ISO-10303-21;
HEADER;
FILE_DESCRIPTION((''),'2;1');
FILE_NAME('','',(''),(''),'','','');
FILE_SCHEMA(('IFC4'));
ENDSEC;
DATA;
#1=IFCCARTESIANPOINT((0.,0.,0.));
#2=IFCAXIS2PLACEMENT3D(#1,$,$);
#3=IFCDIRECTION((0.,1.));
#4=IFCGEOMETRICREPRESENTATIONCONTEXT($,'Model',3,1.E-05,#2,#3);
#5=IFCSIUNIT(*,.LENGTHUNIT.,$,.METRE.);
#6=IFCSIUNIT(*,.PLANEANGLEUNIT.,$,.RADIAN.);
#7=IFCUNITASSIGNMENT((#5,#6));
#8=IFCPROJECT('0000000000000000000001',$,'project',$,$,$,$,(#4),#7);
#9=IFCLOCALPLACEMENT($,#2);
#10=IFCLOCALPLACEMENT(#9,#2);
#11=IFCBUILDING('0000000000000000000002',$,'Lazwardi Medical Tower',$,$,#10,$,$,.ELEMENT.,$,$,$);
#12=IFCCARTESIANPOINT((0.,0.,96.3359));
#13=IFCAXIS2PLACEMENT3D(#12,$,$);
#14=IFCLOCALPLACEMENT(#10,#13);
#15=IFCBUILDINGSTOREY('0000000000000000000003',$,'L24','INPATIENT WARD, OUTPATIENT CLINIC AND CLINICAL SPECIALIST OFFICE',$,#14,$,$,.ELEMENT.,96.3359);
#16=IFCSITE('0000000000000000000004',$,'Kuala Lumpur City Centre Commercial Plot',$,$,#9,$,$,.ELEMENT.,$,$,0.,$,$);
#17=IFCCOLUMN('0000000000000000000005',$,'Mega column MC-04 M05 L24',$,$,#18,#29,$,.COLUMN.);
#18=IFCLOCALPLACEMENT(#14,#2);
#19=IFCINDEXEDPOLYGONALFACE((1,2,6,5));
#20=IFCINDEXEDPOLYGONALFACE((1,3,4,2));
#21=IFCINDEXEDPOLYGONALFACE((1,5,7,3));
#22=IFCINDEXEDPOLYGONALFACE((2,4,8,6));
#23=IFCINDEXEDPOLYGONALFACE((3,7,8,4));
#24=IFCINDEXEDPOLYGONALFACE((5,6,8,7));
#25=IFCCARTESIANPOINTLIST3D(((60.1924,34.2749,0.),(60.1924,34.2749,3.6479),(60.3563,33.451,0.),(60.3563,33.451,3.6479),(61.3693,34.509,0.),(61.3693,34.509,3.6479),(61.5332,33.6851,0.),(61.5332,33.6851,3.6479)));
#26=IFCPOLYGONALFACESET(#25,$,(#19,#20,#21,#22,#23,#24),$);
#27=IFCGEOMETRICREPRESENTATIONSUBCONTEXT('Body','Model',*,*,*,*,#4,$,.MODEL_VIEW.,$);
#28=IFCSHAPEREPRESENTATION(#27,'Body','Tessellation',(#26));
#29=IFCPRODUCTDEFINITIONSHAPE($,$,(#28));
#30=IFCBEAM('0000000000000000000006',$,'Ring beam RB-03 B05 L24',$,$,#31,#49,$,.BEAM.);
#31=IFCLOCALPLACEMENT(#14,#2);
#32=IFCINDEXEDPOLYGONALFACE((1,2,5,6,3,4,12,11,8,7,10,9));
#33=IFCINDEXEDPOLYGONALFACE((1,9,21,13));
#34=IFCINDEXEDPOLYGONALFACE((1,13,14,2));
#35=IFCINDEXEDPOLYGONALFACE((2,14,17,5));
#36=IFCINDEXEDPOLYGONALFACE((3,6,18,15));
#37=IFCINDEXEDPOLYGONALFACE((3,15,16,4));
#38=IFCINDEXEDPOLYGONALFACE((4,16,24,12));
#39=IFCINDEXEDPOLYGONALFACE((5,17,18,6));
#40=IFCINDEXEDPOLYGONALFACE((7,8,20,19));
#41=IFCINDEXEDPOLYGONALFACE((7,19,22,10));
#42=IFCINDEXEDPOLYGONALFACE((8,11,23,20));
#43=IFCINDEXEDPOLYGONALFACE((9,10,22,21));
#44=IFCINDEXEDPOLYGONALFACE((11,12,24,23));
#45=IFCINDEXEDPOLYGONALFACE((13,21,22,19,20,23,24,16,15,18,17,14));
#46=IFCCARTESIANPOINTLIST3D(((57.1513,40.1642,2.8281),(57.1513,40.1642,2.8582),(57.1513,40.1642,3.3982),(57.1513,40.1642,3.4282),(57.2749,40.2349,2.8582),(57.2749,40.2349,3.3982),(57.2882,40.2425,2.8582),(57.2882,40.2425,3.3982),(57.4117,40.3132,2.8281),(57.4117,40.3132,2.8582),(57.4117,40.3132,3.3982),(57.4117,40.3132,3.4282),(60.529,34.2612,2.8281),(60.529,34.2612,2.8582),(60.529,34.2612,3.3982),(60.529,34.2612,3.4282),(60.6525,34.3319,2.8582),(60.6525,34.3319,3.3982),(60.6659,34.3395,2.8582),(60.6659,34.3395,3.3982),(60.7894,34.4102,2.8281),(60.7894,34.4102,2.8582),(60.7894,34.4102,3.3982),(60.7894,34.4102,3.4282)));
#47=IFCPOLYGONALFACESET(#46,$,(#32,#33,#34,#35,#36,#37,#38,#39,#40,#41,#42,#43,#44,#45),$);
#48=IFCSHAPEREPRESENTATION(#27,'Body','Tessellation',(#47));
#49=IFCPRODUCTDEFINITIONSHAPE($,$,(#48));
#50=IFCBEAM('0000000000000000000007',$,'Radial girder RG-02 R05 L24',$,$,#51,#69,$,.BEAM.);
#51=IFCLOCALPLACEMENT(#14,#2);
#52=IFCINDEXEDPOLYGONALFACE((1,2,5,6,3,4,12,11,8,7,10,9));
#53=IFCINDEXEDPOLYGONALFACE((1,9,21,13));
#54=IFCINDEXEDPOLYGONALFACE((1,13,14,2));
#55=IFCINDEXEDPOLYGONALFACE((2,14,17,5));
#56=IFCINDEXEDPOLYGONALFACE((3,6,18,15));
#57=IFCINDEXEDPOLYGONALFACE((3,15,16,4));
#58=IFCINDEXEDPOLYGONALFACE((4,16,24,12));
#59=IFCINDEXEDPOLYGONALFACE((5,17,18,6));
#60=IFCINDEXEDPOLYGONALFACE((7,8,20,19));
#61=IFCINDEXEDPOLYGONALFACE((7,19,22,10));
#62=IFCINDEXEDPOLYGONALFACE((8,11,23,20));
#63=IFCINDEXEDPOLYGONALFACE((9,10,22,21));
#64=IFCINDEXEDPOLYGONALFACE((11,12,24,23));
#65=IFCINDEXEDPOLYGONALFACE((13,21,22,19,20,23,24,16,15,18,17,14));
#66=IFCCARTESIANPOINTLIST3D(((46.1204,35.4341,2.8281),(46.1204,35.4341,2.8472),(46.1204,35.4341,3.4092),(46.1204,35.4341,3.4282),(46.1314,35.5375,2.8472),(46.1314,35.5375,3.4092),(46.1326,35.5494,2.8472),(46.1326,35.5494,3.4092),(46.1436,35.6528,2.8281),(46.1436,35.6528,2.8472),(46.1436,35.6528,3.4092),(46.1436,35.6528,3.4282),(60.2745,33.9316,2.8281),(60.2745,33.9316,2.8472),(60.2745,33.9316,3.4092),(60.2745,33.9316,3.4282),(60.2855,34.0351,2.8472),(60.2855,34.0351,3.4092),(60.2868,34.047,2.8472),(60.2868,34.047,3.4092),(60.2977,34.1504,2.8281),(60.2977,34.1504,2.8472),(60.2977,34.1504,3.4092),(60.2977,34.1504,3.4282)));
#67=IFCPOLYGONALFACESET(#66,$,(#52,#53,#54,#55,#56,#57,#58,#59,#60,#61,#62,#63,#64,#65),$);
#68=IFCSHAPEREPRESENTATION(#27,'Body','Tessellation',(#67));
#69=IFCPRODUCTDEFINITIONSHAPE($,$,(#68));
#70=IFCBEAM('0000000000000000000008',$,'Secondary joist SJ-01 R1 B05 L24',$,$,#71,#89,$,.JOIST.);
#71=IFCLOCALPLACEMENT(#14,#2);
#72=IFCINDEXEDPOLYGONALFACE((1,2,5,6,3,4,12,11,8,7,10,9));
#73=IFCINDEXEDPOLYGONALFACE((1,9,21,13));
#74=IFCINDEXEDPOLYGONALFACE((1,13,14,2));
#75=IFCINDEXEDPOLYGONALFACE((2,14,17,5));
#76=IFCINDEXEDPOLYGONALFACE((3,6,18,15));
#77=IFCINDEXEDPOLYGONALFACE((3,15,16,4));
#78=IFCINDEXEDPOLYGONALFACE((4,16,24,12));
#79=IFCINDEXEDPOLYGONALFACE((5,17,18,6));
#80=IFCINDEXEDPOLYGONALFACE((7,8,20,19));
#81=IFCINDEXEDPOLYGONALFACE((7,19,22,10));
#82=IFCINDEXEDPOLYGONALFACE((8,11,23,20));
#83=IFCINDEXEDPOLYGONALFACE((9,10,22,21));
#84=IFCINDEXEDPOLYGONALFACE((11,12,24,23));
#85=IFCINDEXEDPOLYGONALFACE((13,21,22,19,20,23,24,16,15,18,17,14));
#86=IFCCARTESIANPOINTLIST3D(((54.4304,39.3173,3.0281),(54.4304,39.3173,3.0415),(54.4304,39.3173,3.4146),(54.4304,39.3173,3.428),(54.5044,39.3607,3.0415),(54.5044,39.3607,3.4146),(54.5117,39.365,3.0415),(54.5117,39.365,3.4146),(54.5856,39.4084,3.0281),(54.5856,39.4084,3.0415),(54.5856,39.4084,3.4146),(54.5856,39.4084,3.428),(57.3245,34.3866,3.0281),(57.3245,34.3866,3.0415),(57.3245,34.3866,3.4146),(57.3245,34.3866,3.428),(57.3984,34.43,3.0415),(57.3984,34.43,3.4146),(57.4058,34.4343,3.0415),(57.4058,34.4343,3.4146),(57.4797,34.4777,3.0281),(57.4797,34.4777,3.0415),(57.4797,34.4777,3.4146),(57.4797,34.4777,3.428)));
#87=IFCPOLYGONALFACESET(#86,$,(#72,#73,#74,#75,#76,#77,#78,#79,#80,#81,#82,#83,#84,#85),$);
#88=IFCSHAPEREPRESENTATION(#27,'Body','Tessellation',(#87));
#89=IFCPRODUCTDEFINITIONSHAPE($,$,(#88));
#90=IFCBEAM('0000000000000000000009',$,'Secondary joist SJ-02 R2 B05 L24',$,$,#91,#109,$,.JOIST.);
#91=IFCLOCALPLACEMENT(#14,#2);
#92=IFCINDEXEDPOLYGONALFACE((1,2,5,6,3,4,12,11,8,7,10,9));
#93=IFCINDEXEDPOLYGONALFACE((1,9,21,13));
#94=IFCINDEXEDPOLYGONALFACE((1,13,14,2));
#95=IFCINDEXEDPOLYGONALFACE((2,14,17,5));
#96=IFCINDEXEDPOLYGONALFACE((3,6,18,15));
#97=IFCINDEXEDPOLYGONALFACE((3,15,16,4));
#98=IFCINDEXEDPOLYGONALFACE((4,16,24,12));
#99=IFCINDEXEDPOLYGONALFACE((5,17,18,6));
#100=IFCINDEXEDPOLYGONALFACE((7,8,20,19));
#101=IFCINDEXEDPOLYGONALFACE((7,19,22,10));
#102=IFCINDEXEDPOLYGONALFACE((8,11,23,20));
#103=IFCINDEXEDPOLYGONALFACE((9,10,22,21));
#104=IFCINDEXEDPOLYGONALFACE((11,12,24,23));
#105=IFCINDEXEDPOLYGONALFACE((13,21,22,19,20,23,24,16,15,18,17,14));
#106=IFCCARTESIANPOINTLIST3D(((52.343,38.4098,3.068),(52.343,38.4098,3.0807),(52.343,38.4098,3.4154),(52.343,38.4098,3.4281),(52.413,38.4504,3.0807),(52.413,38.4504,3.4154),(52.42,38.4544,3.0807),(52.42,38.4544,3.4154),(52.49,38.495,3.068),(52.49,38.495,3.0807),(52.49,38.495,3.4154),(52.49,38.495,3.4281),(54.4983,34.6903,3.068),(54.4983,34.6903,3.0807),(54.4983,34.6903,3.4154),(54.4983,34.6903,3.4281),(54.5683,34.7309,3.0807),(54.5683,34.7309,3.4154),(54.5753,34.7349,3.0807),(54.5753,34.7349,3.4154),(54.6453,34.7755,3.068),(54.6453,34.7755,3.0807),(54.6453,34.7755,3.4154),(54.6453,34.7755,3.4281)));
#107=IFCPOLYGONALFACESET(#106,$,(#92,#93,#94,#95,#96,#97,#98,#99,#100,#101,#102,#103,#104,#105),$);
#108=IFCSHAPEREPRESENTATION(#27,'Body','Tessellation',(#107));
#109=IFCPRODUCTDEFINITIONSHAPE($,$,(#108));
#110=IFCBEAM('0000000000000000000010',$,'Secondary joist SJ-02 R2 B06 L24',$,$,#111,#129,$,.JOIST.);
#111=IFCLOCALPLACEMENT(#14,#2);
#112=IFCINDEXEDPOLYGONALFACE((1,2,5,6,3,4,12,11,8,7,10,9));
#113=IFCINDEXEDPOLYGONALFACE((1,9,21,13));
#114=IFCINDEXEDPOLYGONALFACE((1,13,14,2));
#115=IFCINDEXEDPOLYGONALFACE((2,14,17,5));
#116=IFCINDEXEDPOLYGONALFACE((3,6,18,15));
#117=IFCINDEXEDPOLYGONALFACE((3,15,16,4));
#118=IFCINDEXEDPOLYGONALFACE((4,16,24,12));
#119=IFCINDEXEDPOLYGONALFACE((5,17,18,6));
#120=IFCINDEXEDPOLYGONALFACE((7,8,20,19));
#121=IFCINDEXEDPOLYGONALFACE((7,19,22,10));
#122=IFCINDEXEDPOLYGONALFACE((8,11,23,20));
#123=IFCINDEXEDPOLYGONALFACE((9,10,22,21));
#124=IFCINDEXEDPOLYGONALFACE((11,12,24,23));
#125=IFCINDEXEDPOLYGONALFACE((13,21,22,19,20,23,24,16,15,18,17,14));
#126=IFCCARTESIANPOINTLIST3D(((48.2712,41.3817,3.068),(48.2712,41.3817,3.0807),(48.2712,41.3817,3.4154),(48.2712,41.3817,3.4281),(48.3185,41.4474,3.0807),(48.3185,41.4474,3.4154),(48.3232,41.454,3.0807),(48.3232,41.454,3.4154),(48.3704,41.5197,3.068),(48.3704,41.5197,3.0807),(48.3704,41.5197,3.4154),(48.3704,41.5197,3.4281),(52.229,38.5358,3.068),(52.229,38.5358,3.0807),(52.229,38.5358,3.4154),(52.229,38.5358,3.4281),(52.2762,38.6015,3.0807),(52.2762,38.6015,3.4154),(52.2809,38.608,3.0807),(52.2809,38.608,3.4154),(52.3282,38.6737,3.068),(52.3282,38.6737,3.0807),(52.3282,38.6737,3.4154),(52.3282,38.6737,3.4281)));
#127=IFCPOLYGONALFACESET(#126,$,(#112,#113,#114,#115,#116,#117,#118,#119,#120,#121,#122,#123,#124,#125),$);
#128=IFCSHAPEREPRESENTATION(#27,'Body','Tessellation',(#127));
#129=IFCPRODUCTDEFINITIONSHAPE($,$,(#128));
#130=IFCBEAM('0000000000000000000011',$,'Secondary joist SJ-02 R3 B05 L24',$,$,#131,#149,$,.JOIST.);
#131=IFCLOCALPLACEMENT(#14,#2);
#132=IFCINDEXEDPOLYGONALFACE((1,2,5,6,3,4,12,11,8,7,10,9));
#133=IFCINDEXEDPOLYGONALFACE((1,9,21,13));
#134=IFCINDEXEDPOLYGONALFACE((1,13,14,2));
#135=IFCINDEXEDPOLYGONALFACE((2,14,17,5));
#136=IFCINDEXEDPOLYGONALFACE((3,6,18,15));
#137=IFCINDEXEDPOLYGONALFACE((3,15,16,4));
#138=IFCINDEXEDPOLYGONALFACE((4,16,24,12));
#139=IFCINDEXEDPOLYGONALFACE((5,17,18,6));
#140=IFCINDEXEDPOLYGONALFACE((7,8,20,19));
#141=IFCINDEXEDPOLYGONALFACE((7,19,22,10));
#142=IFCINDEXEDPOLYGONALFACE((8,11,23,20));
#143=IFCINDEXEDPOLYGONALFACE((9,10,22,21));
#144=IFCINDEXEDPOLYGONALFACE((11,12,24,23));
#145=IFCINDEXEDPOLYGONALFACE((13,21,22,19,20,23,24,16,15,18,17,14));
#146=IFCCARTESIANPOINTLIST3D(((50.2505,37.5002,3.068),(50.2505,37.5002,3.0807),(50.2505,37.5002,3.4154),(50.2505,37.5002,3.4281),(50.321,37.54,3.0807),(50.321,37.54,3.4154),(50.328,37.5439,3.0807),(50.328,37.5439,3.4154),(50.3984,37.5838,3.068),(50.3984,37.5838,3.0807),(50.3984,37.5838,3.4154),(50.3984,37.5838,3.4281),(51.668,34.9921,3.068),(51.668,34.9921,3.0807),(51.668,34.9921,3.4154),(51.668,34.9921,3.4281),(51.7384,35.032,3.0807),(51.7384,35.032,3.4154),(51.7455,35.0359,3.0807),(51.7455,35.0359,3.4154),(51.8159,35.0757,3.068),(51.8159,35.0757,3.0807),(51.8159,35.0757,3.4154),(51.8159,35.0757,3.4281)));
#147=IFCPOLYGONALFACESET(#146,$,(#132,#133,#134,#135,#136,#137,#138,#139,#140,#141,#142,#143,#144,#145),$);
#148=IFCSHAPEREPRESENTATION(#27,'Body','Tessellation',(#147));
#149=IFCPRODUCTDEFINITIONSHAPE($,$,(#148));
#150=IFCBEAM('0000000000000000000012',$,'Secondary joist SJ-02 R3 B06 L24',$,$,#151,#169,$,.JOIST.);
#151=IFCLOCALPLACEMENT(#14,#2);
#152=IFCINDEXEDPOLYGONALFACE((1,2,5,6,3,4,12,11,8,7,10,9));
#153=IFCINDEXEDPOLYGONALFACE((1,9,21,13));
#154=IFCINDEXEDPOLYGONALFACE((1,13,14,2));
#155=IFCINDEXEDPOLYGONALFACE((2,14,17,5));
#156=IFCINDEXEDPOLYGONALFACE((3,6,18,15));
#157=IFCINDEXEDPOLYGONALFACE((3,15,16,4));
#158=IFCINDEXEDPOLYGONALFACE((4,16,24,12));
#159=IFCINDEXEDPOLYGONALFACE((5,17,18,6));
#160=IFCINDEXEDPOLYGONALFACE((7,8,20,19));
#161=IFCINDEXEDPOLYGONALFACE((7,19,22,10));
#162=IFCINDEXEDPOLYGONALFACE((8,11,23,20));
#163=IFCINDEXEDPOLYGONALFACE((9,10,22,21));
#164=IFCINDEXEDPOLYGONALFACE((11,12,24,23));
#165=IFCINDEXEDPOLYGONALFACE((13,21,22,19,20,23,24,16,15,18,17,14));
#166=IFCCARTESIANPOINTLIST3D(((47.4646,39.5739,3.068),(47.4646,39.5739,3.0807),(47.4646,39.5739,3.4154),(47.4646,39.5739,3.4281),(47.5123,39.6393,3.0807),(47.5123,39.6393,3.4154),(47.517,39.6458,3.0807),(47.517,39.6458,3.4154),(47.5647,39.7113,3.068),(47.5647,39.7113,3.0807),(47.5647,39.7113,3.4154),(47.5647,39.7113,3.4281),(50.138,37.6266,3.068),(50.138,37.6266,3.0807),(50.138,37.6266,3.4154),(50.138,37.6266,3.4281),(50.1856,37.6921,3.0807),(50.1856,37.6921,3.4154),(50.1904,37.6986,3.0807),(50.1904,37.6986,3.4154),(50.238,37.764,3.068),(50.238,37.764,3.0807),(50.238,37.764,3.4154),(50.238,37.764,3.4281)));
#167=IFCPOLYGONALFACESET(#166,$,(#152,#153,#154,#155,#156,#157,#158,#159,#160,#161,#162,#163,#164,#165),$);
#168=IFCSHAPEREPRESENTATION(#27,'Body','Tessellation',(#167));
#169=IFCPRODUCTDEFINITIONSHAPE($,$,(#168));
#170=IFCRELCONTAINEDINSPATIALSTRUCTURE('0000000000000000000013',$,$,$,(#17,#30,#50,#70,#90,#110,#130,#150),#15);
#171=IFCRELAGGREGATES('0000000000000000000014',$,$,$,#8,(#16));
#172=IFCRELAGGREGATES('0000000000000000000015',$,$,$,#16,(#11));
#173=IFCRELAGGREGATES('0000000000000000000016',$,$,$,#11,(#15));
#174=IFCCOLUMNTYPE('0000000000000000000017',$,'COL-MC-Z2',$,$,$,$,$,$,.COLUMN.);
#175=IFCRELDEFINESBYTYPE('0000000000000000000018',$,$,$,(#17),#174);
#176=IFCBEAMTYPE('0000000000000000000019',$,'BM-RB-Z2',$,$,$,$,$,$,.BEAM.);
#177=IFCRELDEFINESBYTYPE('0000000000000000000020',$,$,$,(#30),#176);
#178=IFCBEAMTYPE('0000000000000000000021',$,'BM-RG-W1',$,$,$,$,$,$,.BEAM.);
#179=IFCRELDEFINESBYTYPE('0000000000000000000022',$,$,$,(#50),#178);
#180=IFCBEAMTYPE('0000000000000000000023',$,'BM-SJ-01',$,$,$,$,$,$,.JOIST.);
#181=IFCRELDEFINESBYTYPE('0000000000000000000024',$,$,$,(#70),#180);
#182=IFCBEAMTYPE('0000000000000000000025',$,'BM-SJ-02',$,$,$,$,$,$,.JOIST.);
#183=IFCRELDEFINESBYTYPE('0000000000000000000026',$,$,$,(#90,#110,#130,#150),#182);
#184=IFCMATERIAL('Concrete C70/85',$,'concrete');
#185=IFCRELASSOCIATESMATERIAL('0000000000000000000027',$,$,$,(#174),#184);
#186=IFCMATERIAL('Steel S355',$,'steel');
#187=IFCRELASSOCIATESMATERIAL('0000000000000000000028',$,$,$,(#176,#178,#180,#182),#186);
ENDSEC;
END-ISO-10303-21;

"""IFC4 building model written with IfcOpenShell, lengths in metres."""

from ifc_helpers import new_model, si_unit, direction, frame, origin, origin_2d, place, context, subcontext, project, spatial, rectangle, i_section, extrude, material, material_profile, profile_set, type_object, element, save


model = new_model("IFC4")

# Units and contexts
model_context = context("Model", 3, precision=1e-05, world=origin(), true_north=direction((0.0, 1.0)))
body_context = subcontext(model_context, "Body", "Model", "MODEL_VIEW")
ifc_project = project(units=[si_unit("LENGTHUNIT", "METRE"), si_unit("PLANEANGLEUNIT", "RADIAN")], contexts=[model_context])

# Site, building, storey
site_placement = place(None, origin())
site = spatial("IfcSite", under=ifc_project, at=site_placement, Name="Kuala Lumpur City Centre Commercial Plot", CompositionType="ELEMENT", RefElevation=0.0)
building_placement = place(site_placement, origin())
building = spatial("IfcBuilding", under=site, at=building_placement, Name="Lazwardi Medical Tower", CompositionType="ELEMENT")
storey_placement = place(building_placement, frame((0.0, 0.0, 96.3359)))
storey = spatial("IfcBuildingStorey", under=building, at=storey_placement, Name="L24", Description="INPATIENT WARD, OUTPATIENT CLINIC AND CLINICAL SPECIALIST OFFICE", CompositionType="ELEMENT", Elevation=96.3359)

# Column
ifc_material_1 = material(Name="Concrete C70/85", Category="concrete")
ifc_material_profile_1 = material_profile(ifc_material_1, rectangle(XDim=1.2, YDim=0.8401, at=origin_2d()), Name="CFT-RECT 1200x840")
ifc_profile_set_1 = profile_set([ifc_material_profile_1], Name="Concrete C70/85")
column_type = type_object("IfcColumnType", Name="COL-MC-Z2", PredefinedType="COLUMN", material=ifc_profile_set_1)
column_placement = place(storey_placement, frame((60.8628, 33.98, 0.0), z_axis=(0.0, 0.0, 1.0), x_axis=(0.980785, 0.19509, 0.0)))
element("IfcColumn", 1, at=column_placement, inside=storey, type_object=column_type, Name="Mega column MC-04 M05 L24", PredefinedType="COLUMN", context=body_context, shape_type="SweptSolid", body=[
    extrude(rectangle(XDim=1.2, YDim=0.8401, at=origin_2d()), origin(), (0.0, 0.0, 1.0), 3.6479),
])

# Beams
ifc_material_2 = material(Name="Steel S355", Category="steel")
ifc_material_profile_2 = material_profile(ifc_material_2, i_section(OverallWidth=0.3, OverallDepth=0.6001, WebThickness=0.0154, FlangeThickness=0.03, at=origin_2d()), Name="HEB 600")
ifc_profile_set_2 = profile_set([ifc_material_profile_2], Name="Steel S355")
beam_type_1 = type_object("IfcBeamType", Name="BM-RB-Z2", PredefinedType="BEAM", material=ifc_profile_set_2)
beam_1_placement = place(storey_placement, frame((60.6592, 34.3357, 3.1282), z_axis=(-0.496638, 0.867958, 0.0), x_axis=(-0.867958, -0.496638, 0.0)))
element("IfcBeam", 2, at=beam_1_placement, inside=storey, type_object=beam_type_1, Name="Ring beam RB-03 B05 L24", PredefinedType="BEAM", context=body_context, shape_type="SweptSolid", body=[
    extrude(i_section(OverallWidth=0.3, OverallDepth=0.6001, WebThickness=0.0154, FlangeThickness=0.03, at=origin_2d()), origin(), (0.0, 0.0, 1.0), 6.801),
])
ifc_material_profile_3 = material_profile(ifc_material_2, i_section(OverallWidth=0.22, OverallDepth=0.6001, WebThickness=0.012, FlangeThickness=0.019, at=origin_2d()), Name="IPE 600")
ifc_profile_set_3 = profile_set([ifc_material_profile_3], Name="Steel S355")
beam_type_2 = type_object("IfcBeamType", Name="BM-RG-W1", PredefinedType="BEAM", material=ifc_profile_set_3)
beam_2_placement = place(storey_placement, frame((60.2861, 34.041, 3.1282), z_axis=(-0.994413, 0.105556, 0.0), x_axis=(-0.105556, -0.994413, 0.0)))
element("IfcBeam", 3, at=beam_2_placement, inside=storey, type_object=beam_type_2, Name="Radial girder RG-02 R05 L24", PredefinedType="BEAM", context=body_context, shape_type="SweptSolid", body=[
    extrude(i_section(OverallWidth=0.22, OverallDepth=0.6001, WebThickness=0.012, FlangeThickness=0.019, at=origin_2d()), origin(), (0.0, 0.0, 1.0), 14.2336),
])
ifc_material_profile_4 = material_profile(ifc_material_2, i_section(OverallWidth=0.1799, OverallDepth=0.3999, WebThickness=0.0085, FlangeThickness=0.0134, at=origin_2d()), Name="IPE 400")
ifc_profile_set_4 = profile_set([ifc_material_profile_4], Name="Steel S355")
beam_type_3 = type_object("IfcBeamType", Name="BM-SJ-01", PredefinedType="JOIST", material=ifc_profile_set_4)
beam_3_placement = place(storey_placement, frame((57.4021, 34.4321, 3.228), z_axis=(-0.506195, 0.862419, 0.0), x_axis=(-0.862419, -0.506195, 0.0)))
element("IfcBeam", 4, at=beam_3_placement, inside=storey, type_object=beam_type_3, Name="Secondary joist SJ-01 R1 B05 L24", PredefinedType="JOIST", context=body_context, shape_type="SweptSolid", body=[
    extrude(i_section(OverallWidth=0.1799, OverallDepth=0.3999, WebThickness=0.0085, FlangeThickness=0.0134, at=origin_2d()), origin(), (0.0, 0.0, 1.0), 5.7173),
])
ifc_material_profile_5 = material_profile(ifc_material_2, i_section(OverallWidth=0.1699, OverallDepth=0.3601, WebThickness=0.0081, FlangeThickness=0.0127, at=origin_2d()), Name="IPE 360")
ifc_profile_set_5 = profile_set([ifc_material_profile_5], Name="Steel S355")
beam_type_4 = type_object("IfcBeamType", Name="BM-SJ-02", PredefinedType="JOIST", material=ifc_profile_set_5)
beam_4_placement = place(storey_placement, frame((54.5718, 34.7329, 3.248), z_axis=(-0.501365, 0.865236, 0.0), x_axis=(-0.865236, -0.501365, 0.0)))
element("IfcBeam", 5, at=beam_4_placement, inside=storey, type_object=beam_type_4, Name="Secondary joist SJ-02 R2 B05 L24", PredefinedType="JOIST", context=body_context, shape_type="SweptSolid", body=[
    extrude(i_section(OverallWidth=0.1699, OverallDepth=0.3601, WebThickness=0.0081, FlangeThickness=0.0127, at=origin_2d()), origin(), (0.0, 0.0, 1.0), 4.2988),
])
beam_5_placement = place(storey_placement, frame((52.2786, 38.6047, 3.248), z_axis=(-0.811889, 0.583813, 0.0), x_axis=(-0.583813, -0.811889, 0.0)))
element("IfcBeam", 6, at=beam_5_placement, inside=storey, type_object=beam_type_4, Name="Secondary joist SJ-02 R2 B06 L24", PredefinedType="JOIST", context=body_context, shape_type="SweptSolid", body=[
    extrude(i_section(OverallWidth=0.1699, OverallDepth=0.3601, WebThickness=0.0081, FlangeThickness=0.0127, at=origin_2d()), origin(), (0.0, 0.0, 1.0), 4.8748),
])
beam_6_placement = place(storey_placement, frame((51.7419, 35.0339, 3.248), z_axis=(-0.492027, 0.87058, 0.0), x_axis=(-0.87058, -0.492027, 0.0)))
element("IfcBeam", 7, at=beam_6_placement, inside=storey, type_object=beam_type_4, Name="Secondary joist SJ-02 R3 B05 L24", PredefinedType="JOIST", context=body_context, shape_type="SweptSolid", body=[
    extrude(i_section(OverallWidth=0.1699, OverallDepth=0.3601, WebThickness=0.0081, FlangeThickness=0.0127, at=origin_2d()), origin(), (0.0, 0.0, 1.0), 2.8809),
])
beam_7_placement = place(storey_placement, frame((50.188, 37.6953, 3.248), z_axis=(-0.808302, 0.588768, 0.0), x_axis=(-0.588768, -0.808302, 0.0)))
element("IfcBeam", 8, at=beam_7_placement, inside=storey, type_object=beam_type_4, Name="Secondary joist SJ-02 R3 B06 L24", PredefinedType="JOIST", context=body_context, shape_type="SweptSolid", body=[
    extrude(i_section(OverallWidth=0.1699, OverallDepth=0.3601, WebThickness=0.0081, FlangeThickness=0.0127, at=origin_2d()), origin(), (0.0, 0.0, 1.0), 3.3074),
])

save(model, "model.ifc")
